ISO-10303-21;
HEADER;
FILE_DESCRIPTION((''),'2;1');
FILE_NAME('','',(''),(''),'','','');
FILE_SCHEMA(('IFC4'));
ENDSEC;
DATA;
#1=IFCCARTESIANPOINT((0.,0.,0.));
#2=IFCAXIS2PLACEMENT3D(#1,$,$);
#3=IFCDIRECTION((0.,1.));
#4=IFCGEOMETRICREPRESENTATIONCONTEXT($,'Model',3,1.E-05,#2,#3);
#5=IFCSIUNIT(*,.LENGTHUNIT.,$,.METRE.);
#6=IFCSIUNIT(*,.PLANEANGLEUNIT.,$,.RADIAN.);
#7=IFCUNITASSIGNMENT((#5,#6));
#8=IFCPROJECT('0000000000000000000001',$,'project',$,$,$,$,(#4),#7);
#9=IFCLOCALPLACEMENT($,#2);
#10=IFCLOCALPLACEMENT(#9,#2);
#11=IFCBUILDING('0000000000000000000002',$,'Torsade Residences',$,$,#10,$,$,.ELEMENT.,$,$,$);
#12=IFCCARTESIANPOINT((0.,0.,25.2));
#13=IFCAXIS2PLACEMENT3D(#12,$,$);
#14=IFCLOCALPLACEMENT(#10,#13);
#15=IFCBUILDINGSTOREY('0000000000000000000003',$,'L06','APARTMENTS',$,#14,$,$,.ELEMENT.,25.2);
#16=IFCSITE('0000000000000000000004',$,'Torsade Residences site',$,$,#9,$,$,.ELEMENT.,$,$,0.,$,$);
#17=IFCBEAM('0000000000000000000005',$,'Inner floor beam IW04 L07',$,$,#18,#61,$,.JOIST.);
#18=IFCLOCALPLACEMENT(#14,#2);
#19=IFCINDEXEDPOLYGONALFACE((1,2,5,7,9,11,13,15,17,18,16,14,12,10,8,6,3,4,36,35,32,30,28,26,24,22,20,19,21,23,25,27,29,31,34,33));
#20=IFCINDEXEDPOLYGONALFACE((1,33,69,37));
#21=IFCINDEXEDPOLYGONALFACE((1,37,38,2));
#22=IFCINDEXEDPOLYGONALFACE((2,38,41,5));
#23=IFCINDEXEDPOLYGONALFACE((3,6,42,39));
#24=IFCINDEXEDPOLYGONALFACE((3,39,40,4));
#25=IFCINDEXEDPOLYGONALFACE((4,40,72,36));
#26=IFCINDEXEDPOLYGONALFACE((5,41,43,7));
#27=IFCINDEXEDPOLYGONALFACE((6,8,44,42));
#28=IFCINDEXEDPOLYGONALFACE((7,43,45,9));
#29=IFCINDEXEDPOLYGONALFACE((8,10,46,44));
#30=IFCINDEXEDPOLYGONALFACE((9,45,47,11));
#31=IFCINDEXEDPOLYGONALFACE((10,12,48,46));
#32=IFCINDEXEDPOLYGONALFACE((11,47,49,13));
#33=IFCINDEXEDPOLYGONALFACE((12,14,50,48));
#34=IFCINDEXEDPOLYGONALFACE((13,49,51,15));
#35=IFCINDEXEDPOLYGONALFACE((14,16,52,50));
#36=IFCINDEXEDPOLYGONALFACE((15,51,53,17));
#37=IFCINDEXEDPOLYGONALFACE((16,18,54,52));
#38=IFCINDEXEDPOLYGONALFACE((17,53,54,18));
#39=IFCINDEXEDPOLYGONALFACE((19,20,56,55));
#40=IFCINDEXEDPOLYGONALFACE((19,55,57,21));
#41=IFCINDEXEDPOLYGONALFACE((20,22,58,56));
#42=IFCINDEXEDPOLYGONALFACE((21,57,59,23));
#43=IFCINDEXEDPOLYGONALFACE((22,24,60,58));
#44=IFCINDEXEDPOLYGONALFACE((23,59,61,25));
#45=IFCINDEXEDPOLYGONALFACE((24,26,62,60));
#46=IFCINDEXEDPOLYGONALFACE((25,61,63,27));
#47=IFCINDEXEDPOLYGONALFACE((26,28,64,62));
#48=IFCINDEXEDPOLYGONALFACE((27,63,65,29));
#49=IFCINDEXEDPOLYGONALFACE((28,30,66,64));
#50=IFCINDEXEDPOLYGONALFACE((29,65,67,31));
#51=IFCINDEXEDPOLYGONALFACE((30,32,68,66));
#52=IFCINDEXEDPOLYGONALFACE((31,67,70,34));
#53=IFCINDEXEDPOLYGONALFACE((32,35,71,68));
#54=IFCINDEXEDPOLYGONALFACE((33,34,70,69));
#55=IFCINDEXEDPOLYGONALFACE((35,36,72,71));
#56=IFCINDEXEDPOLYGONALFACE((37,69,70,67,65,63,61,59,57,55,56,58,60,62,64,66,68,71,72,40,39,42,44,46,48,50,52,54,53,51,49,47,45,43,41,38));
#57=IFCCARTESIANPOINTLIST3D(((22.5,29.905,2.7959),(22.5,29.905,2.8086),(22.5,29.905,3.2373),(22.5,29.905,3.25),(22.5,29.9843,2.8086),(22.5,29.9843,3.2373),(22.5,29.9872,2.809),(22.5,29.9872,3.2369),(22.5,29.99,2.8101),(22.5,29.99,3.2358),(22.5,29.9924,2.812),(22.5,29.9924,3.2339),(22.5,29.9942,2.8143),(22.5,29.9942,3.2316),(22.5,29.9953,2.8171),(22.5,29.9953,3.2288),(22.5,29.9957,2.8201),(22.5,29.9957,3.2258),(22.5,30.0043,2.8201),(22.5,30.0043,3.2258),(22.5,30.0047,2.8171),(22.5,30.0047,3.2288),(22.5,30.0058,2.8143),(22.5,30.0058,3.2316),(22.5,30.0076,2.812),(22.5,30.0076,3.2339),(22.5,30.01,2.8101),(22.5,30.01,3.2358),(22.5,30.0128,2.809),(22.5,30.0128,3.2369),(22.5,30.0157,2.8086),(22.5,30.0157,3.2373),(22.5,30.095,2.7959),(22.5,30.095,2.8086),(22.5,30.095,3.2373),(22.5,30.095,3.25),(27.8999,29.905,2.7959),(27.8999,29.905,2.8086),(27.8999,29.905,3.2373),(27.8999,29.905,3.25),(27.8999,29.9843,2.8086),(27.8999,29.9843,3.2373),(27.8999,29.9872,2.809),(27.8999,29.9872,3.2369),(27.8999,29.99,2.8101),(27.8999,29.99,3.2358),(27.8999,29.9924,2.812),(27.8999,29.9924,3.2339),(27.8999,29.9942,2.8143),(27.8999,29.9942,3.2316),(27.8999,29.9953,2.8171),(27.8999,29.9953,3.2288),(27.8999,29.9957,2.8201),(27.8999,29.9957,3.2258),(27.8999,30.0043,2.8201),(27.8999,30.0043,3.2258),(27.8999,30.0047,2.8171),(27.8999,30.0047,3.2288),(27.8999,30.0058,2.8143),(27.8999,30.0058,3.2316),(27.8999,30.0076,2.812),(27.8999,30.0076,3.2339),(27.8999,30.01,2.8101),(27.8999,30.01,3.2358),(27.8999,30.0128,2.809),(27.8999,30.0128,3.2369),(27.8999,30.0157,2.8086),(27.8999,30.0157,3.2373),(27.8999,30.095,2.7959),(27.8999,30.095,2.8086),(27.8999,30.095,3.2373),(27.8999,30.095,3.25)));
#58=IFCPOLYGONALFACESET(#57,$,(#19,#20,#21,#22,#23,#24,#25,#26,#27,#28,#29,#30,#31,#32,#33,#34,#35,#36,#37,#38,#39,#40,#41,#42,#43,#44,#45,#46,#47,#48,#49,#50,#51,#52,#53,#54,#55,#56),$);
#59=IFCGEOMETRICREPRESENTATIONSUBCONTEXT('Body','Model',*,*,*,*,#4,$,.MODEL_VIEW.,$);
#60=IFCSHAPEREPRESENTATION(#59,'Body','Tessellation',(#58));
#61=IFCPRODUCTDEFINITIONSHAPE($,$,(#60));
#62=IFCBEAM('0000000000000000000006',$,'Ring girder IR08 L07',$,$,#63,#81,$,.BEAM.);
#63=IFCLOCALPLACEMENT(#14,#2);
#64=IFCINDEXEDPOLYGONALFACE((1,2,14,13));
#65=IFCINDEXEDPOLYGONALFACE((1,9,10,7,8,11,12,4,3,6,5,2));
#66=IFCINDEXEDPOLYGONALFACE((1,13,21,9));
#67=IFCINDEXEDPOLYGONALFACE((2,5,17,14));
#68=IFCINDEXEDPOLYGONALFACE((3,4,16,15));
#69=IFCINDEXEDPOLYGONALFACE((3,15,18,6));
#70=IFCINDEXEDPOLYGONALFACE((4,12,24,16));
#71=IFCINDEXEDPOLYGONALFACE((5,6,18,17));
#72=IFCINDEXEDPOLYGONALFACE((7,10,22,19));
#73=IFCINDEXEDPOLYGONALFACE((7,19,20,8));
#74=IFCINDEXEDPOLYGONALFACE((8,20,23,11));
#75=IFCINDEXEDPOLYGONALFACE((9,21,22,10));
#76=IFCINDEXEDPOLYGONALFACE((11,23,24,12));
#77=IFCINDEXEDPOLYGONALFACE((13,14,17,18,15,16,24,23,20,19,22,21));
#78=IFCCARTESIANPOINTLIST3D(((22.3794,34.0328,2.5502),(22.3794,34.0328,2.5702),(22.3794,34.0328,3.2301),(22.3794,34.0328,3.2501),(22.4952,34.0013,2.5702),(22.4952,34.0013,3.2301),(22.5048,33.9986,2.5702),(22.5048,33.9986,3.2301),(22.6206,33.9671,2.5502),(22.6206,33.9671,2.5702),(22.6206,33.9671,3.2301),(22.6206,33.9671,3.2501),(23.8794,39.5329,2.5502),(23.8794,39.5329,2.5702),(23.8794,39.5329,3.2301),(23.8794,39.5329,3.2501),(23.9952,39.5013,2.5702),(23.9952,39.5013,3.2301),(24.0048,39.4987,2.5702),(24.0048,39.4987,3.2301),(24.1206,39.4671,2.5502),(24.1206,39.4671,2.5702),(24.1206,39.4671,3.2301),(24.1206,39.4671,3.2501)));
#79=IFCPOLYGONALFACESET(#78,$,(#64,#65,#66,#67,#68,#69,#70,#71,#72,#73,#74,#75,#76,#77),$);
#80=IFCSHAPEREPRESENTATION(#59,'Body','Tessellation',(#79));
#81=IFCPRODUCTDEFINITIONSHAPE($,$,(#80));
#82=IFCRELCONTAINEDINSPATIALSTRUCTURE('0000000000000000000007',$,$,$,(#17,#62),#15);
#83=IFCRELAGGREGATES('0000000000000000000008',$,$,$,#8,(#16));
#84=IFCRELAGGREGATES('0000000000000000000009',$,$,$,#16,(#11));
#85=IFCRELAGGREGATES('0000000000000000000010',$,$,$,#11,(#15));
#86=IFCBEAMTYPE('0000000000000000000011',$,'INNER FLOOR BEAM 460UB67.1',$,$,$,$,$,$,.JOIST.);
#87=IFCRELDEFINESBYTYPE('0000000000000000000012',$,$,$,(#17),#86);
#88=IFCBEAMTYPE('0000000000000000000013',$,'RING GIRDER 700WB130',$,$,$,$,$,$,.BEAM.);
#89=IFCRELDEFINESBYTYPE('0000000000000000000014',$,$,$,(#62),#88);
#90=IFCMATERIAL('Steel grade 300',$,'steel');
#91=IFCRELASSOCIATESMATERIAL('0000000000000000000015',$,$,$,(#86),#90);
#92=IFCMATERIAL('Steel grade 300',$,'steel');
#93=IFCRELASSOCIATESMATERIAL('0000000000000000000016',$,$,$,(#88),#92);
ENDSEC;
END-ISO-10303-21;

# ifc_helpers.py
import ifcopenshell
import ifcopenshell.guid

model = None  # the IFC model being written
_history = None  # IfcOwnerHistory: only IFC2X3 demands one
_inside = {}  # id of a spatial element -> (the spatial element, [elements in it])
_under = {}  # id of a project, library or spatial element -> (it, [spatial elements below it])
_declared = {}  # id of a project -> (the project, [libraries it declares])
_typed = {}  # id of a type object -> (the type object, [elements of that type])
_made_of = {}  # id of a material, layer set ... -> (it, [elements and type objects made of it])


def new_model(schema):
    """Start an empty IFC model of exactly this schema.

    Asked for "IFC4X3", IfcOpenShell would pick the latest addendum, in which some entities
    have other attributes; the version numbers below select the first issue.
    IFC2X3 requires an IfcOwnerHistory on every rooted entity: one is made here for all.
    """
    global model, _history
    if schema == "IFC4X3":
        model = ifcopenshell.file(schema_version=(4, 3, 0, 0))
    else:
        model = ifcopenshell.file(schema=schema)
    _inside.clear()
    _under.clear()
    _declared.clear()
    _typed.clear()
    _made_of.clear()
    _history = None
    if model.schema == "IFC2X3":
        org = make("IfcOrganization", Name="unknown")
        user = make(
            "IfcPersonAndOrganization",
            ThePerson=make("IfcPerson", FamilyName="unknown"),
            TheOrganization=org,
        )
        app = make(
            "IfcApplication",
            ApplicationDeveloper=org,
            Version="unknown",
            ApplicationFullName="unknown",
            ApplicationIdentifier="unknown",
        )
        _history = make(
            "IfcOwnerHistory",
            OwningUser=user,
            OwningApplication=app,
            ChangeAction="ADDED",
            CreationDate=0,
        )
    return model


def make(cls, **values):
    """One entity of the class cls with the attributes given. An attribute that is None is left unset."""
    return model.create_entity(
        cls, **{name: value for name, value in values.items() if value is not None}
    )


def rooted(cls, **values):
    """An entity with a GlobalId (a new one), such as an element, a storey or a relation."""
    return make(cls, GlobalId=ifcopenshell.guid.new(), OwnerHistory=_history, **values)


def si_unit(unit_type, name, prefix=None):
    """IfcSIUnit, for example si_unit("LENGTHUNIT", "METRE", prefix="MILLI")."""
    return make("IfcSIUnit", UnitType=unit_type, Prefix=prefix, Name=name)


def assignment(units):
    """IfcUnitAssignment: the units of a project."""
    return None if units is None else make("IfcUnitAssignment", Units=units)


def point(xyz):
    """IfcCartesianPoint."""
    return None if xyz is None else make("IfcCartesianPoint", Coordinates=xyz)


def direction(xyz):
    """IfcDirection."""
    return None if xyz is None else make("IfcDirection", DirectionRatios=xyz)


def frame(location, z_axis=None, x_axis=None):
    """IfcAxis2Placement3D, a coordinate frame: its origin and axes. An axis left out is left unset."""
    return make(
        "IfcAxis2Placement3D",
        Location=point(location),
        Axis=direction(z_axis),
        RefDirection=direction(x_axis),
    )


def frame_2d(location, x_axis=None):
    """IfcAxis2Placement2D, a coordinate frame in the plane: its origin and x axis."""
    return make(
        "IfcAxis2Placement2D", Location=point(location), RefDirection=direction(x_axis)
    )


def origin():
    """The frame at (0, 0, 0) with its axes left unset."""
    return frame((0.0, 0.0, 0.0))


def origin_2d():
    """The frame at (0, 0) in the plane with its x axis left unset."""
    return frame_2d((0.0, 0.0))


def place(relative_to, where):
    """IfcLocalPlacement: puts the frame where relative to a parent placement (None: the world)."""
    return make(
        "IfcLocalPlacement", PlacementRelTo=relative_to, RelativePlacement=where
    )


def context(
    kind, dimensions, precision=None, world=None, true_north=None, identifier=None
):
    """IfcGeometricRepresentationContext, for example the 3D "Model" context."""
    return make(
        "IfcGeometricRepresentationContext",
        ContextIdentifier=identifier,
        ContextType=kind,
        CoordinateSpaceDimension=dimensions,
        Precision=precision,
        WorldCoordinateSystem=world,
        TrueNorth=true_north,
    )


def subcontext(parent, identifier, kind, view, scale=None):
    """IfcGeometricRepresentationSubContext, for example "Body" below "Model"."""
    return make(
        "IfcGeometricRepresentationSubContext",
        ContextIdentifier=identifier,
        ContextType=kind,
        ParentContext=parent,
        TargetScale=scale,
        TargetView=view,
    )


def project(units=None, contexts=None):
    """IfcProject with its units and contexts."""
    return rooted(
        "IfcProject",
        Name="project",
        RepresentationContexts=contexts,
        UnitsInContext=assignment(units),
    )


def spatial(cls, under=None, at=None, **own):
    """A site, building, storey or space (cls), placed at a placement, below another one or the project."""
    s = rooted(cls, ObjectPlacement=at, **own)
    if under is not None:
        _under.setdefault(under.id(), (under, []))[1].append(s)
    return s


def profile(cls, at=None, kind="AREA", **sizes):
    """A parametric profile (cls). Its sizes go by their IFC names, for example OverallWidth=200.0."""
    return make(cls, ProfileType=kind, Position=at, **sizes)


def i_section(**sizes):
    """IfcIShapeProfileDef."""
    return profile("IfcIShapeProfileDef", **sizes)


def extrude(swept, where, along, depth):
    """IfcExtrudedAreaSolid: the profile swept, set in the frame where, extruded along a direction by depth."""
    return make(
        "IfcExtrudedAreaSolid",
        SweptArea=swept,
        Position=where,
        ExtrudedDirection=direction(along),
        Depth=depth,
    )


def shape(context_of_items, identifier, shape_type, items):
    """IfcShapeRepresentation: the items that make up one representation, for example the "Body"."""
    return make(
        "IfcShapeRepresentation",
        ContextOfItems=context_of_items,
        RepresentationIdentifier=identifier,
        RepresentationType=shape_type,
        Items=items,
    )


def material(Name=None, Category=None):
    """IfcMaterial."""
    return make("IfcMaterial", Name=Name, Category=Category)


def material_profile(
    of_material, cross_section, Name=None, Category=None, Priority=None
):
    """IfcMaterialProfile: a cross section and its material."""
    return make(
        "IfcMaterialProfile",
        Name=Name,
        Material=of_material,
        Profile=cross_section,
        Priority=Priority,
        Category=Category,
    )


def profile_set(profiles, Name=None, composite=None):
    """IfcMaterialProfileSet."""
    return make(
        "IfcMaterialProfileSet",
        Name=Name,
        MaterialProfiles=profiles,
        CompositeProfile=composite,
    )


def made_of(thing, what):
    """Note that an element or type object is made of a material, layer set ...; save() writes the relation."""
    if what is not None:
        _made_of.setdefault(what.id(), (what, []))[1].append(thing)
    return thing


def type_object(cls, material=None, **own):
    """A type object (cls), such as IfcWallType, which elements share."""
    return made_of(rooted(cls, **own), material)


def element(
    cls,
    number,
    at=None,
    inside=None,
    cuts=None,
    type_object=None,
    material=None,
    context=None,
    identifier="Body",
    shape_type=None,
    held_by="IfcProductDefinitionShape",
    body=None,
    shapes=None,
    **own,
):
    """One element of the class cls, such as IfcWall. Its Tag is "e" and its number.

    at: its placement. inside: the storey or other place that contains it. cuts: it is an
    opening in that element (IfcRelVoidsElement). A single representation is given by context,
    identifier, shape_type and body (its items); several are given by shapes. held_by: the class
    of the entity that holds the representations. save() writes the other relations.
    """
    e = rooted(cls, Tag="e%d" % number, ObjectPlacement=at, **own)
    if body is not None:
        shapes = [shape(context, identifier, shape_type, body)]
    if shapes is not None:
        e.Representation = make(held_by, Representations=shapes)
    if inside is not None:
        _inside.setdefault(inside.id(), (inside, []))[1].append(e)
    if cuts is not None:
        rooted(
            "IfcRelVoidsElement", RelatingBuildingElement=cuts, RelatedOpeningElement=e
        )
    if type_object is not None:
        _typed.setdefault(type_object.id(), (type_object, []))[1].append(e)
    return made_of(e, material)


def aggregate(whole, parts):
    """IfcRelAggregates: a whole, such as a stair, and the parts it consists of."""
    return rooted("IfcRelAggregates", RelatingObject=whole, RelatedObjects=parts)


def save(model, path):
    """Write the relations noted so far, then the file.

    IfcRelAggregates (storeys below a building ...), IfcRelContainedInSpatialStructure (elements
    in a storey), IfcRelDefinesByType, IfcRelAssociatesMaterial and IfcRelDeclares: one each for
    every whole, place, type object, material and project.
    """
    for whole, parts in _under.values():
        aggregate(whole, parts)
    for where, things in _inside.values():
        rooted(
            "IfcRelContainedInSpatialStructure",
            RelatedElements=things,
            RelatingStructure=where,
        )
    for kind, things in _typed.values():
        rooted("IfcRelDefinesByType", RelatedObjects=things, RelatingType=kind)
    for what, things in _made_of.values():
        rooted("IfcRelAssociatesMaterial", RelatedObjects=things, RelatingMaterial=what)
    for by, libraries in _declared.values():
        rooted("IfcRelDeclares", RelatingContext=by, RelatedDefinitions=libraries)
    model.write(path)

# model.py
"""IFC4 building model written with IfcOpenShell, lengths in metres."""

from ifc_helpers import new_model, si_unit, direction, frame, origin, origin_2d, place, context, subcontext, project, spatial, i_section, extrude, material, material_profile, profile_set, type_object, element, save


model = new_model("IFC4")

# Units and contexts
model_context = context("Model", 3, precision=1e-05, world=origin(), true_north=direction((0.0, 1.0)))
body_context = subcontext(model_context, "Body", "Model", "MODEL_VIEW")
ifc_project = project(units=[si_unit("LENGTHUNIT", "METRE"), si_unit("PLANEANGLEUNIT", "RADIAN")], contexts=[model_context])

# Site, building, storey
site_placement = place(None, origin())
site = spatial("IfcSite", under=ifc_project, at=site_placement, Name="Torsade Residences site", CompositionType="ELEMENT", RefElevation=0.0)
building_placement = place(site_placement, origin())
building = spatial("IfcBuilding", under=site, at=building_placement, Name="Torsade Residences", CompositionType="ELEMENT")
storey_placement = place(building_placement, frame((0.0, 0.0, 25.2)))
storey = spatial("IfcBuildingStorey", under=building, at=storey_placement, Name="L06", Description="APARTMENTS", CompositionType="ELEMENT", Elevation=25.2)

# Beams
ifc_material_1 = material(Name="Steel grade 300", Category="steel")
ifc_material_profile_1 = material_profile(ifc_material_1, i_section(OverallWidth=0.1899, OverallDepth=0.4541, WebThickness=0.0085, FlangeThickness=0.0127, FilletRadius=0.0115, at=origin_2d()), Name="460UB67.1")
ifc_profile_set_1 = profile_set([ifc_material_profile_1], Name="Steel grade 300")
beam_type_1 = type_object("IfcBeamType", Name="INNER FLOOR BEAM 460UB67.1", PredefinedType="JOIST", material=ifc_profile_set_1)
for number, where, z_axis, x_axis, name in (
    (1, (27.8999, 30.0, 3.0229), (-1.0, 0.0, 0.0), (0.0, -1.0, 0.0), "Inner floor beam IW04 L07"),
):
    element("IfcBeam", number, at=place(storey_placement, frame(where, z_axis=z_axis, x_axis=x_axis)), inside=storey, type_object=beam_type_1, Name=name, PredefinedType="JOIST", context=body_context, shape_type="SweptSolid", body=[
        extrude(i_section(OverallWidth=0.1899, OverallDepth=0.4541, WebThickness=0.0085, FlangeThickness=0.0127, FilletRadius=0.0115, at=origin_2d()), origin(), (0.0, 0.0, 1.0), 5.3999),
    ])
ifc_material_2 = material(Name="Steel grade 300", Category="steel")
ifc_material_profile_2 = material_profile(ifc_material_2, i_section(OverallWidth=0.25, OverallDepth=0.7, WebThickness=0.01, FlangeThickness=0.02, at=origin_2d()), Name="700WB130")
ifc_profile_set_2 = profile_set([ifc_material_profile_2], Name="Steel grade 300")
beam_type_2 = type_object("IfcBeamType", Name="RING GIRDER 700WB130", PredefinedType="BEAM", material=ifc_profile_set_2)
beam_1_placement = place(storey_placement, frame((24.0, 39.5, 2.9001), z_axis=(-0.263117, -0.964764, 0.0), x_axis=(0.964764, -0.263117, 0.0)))
element("IfcBeam", 2, at=beam_1_placement, inside=storey, type_object=beam_type_2, Name="Ring girder IR08 L07", PredefinedType="BEAM", context=body_context, shape_type="SweptSolid", body=[
    extrude(i_section(OverallWidth=0.25, OverallDepth=0.7, WebThickness=0.01, FlangeThickness=0.02, at=origin_2d()), origin(), (0.0, 0.0, 1.0), 5.7009),
])

save(model, "model.ifc")
